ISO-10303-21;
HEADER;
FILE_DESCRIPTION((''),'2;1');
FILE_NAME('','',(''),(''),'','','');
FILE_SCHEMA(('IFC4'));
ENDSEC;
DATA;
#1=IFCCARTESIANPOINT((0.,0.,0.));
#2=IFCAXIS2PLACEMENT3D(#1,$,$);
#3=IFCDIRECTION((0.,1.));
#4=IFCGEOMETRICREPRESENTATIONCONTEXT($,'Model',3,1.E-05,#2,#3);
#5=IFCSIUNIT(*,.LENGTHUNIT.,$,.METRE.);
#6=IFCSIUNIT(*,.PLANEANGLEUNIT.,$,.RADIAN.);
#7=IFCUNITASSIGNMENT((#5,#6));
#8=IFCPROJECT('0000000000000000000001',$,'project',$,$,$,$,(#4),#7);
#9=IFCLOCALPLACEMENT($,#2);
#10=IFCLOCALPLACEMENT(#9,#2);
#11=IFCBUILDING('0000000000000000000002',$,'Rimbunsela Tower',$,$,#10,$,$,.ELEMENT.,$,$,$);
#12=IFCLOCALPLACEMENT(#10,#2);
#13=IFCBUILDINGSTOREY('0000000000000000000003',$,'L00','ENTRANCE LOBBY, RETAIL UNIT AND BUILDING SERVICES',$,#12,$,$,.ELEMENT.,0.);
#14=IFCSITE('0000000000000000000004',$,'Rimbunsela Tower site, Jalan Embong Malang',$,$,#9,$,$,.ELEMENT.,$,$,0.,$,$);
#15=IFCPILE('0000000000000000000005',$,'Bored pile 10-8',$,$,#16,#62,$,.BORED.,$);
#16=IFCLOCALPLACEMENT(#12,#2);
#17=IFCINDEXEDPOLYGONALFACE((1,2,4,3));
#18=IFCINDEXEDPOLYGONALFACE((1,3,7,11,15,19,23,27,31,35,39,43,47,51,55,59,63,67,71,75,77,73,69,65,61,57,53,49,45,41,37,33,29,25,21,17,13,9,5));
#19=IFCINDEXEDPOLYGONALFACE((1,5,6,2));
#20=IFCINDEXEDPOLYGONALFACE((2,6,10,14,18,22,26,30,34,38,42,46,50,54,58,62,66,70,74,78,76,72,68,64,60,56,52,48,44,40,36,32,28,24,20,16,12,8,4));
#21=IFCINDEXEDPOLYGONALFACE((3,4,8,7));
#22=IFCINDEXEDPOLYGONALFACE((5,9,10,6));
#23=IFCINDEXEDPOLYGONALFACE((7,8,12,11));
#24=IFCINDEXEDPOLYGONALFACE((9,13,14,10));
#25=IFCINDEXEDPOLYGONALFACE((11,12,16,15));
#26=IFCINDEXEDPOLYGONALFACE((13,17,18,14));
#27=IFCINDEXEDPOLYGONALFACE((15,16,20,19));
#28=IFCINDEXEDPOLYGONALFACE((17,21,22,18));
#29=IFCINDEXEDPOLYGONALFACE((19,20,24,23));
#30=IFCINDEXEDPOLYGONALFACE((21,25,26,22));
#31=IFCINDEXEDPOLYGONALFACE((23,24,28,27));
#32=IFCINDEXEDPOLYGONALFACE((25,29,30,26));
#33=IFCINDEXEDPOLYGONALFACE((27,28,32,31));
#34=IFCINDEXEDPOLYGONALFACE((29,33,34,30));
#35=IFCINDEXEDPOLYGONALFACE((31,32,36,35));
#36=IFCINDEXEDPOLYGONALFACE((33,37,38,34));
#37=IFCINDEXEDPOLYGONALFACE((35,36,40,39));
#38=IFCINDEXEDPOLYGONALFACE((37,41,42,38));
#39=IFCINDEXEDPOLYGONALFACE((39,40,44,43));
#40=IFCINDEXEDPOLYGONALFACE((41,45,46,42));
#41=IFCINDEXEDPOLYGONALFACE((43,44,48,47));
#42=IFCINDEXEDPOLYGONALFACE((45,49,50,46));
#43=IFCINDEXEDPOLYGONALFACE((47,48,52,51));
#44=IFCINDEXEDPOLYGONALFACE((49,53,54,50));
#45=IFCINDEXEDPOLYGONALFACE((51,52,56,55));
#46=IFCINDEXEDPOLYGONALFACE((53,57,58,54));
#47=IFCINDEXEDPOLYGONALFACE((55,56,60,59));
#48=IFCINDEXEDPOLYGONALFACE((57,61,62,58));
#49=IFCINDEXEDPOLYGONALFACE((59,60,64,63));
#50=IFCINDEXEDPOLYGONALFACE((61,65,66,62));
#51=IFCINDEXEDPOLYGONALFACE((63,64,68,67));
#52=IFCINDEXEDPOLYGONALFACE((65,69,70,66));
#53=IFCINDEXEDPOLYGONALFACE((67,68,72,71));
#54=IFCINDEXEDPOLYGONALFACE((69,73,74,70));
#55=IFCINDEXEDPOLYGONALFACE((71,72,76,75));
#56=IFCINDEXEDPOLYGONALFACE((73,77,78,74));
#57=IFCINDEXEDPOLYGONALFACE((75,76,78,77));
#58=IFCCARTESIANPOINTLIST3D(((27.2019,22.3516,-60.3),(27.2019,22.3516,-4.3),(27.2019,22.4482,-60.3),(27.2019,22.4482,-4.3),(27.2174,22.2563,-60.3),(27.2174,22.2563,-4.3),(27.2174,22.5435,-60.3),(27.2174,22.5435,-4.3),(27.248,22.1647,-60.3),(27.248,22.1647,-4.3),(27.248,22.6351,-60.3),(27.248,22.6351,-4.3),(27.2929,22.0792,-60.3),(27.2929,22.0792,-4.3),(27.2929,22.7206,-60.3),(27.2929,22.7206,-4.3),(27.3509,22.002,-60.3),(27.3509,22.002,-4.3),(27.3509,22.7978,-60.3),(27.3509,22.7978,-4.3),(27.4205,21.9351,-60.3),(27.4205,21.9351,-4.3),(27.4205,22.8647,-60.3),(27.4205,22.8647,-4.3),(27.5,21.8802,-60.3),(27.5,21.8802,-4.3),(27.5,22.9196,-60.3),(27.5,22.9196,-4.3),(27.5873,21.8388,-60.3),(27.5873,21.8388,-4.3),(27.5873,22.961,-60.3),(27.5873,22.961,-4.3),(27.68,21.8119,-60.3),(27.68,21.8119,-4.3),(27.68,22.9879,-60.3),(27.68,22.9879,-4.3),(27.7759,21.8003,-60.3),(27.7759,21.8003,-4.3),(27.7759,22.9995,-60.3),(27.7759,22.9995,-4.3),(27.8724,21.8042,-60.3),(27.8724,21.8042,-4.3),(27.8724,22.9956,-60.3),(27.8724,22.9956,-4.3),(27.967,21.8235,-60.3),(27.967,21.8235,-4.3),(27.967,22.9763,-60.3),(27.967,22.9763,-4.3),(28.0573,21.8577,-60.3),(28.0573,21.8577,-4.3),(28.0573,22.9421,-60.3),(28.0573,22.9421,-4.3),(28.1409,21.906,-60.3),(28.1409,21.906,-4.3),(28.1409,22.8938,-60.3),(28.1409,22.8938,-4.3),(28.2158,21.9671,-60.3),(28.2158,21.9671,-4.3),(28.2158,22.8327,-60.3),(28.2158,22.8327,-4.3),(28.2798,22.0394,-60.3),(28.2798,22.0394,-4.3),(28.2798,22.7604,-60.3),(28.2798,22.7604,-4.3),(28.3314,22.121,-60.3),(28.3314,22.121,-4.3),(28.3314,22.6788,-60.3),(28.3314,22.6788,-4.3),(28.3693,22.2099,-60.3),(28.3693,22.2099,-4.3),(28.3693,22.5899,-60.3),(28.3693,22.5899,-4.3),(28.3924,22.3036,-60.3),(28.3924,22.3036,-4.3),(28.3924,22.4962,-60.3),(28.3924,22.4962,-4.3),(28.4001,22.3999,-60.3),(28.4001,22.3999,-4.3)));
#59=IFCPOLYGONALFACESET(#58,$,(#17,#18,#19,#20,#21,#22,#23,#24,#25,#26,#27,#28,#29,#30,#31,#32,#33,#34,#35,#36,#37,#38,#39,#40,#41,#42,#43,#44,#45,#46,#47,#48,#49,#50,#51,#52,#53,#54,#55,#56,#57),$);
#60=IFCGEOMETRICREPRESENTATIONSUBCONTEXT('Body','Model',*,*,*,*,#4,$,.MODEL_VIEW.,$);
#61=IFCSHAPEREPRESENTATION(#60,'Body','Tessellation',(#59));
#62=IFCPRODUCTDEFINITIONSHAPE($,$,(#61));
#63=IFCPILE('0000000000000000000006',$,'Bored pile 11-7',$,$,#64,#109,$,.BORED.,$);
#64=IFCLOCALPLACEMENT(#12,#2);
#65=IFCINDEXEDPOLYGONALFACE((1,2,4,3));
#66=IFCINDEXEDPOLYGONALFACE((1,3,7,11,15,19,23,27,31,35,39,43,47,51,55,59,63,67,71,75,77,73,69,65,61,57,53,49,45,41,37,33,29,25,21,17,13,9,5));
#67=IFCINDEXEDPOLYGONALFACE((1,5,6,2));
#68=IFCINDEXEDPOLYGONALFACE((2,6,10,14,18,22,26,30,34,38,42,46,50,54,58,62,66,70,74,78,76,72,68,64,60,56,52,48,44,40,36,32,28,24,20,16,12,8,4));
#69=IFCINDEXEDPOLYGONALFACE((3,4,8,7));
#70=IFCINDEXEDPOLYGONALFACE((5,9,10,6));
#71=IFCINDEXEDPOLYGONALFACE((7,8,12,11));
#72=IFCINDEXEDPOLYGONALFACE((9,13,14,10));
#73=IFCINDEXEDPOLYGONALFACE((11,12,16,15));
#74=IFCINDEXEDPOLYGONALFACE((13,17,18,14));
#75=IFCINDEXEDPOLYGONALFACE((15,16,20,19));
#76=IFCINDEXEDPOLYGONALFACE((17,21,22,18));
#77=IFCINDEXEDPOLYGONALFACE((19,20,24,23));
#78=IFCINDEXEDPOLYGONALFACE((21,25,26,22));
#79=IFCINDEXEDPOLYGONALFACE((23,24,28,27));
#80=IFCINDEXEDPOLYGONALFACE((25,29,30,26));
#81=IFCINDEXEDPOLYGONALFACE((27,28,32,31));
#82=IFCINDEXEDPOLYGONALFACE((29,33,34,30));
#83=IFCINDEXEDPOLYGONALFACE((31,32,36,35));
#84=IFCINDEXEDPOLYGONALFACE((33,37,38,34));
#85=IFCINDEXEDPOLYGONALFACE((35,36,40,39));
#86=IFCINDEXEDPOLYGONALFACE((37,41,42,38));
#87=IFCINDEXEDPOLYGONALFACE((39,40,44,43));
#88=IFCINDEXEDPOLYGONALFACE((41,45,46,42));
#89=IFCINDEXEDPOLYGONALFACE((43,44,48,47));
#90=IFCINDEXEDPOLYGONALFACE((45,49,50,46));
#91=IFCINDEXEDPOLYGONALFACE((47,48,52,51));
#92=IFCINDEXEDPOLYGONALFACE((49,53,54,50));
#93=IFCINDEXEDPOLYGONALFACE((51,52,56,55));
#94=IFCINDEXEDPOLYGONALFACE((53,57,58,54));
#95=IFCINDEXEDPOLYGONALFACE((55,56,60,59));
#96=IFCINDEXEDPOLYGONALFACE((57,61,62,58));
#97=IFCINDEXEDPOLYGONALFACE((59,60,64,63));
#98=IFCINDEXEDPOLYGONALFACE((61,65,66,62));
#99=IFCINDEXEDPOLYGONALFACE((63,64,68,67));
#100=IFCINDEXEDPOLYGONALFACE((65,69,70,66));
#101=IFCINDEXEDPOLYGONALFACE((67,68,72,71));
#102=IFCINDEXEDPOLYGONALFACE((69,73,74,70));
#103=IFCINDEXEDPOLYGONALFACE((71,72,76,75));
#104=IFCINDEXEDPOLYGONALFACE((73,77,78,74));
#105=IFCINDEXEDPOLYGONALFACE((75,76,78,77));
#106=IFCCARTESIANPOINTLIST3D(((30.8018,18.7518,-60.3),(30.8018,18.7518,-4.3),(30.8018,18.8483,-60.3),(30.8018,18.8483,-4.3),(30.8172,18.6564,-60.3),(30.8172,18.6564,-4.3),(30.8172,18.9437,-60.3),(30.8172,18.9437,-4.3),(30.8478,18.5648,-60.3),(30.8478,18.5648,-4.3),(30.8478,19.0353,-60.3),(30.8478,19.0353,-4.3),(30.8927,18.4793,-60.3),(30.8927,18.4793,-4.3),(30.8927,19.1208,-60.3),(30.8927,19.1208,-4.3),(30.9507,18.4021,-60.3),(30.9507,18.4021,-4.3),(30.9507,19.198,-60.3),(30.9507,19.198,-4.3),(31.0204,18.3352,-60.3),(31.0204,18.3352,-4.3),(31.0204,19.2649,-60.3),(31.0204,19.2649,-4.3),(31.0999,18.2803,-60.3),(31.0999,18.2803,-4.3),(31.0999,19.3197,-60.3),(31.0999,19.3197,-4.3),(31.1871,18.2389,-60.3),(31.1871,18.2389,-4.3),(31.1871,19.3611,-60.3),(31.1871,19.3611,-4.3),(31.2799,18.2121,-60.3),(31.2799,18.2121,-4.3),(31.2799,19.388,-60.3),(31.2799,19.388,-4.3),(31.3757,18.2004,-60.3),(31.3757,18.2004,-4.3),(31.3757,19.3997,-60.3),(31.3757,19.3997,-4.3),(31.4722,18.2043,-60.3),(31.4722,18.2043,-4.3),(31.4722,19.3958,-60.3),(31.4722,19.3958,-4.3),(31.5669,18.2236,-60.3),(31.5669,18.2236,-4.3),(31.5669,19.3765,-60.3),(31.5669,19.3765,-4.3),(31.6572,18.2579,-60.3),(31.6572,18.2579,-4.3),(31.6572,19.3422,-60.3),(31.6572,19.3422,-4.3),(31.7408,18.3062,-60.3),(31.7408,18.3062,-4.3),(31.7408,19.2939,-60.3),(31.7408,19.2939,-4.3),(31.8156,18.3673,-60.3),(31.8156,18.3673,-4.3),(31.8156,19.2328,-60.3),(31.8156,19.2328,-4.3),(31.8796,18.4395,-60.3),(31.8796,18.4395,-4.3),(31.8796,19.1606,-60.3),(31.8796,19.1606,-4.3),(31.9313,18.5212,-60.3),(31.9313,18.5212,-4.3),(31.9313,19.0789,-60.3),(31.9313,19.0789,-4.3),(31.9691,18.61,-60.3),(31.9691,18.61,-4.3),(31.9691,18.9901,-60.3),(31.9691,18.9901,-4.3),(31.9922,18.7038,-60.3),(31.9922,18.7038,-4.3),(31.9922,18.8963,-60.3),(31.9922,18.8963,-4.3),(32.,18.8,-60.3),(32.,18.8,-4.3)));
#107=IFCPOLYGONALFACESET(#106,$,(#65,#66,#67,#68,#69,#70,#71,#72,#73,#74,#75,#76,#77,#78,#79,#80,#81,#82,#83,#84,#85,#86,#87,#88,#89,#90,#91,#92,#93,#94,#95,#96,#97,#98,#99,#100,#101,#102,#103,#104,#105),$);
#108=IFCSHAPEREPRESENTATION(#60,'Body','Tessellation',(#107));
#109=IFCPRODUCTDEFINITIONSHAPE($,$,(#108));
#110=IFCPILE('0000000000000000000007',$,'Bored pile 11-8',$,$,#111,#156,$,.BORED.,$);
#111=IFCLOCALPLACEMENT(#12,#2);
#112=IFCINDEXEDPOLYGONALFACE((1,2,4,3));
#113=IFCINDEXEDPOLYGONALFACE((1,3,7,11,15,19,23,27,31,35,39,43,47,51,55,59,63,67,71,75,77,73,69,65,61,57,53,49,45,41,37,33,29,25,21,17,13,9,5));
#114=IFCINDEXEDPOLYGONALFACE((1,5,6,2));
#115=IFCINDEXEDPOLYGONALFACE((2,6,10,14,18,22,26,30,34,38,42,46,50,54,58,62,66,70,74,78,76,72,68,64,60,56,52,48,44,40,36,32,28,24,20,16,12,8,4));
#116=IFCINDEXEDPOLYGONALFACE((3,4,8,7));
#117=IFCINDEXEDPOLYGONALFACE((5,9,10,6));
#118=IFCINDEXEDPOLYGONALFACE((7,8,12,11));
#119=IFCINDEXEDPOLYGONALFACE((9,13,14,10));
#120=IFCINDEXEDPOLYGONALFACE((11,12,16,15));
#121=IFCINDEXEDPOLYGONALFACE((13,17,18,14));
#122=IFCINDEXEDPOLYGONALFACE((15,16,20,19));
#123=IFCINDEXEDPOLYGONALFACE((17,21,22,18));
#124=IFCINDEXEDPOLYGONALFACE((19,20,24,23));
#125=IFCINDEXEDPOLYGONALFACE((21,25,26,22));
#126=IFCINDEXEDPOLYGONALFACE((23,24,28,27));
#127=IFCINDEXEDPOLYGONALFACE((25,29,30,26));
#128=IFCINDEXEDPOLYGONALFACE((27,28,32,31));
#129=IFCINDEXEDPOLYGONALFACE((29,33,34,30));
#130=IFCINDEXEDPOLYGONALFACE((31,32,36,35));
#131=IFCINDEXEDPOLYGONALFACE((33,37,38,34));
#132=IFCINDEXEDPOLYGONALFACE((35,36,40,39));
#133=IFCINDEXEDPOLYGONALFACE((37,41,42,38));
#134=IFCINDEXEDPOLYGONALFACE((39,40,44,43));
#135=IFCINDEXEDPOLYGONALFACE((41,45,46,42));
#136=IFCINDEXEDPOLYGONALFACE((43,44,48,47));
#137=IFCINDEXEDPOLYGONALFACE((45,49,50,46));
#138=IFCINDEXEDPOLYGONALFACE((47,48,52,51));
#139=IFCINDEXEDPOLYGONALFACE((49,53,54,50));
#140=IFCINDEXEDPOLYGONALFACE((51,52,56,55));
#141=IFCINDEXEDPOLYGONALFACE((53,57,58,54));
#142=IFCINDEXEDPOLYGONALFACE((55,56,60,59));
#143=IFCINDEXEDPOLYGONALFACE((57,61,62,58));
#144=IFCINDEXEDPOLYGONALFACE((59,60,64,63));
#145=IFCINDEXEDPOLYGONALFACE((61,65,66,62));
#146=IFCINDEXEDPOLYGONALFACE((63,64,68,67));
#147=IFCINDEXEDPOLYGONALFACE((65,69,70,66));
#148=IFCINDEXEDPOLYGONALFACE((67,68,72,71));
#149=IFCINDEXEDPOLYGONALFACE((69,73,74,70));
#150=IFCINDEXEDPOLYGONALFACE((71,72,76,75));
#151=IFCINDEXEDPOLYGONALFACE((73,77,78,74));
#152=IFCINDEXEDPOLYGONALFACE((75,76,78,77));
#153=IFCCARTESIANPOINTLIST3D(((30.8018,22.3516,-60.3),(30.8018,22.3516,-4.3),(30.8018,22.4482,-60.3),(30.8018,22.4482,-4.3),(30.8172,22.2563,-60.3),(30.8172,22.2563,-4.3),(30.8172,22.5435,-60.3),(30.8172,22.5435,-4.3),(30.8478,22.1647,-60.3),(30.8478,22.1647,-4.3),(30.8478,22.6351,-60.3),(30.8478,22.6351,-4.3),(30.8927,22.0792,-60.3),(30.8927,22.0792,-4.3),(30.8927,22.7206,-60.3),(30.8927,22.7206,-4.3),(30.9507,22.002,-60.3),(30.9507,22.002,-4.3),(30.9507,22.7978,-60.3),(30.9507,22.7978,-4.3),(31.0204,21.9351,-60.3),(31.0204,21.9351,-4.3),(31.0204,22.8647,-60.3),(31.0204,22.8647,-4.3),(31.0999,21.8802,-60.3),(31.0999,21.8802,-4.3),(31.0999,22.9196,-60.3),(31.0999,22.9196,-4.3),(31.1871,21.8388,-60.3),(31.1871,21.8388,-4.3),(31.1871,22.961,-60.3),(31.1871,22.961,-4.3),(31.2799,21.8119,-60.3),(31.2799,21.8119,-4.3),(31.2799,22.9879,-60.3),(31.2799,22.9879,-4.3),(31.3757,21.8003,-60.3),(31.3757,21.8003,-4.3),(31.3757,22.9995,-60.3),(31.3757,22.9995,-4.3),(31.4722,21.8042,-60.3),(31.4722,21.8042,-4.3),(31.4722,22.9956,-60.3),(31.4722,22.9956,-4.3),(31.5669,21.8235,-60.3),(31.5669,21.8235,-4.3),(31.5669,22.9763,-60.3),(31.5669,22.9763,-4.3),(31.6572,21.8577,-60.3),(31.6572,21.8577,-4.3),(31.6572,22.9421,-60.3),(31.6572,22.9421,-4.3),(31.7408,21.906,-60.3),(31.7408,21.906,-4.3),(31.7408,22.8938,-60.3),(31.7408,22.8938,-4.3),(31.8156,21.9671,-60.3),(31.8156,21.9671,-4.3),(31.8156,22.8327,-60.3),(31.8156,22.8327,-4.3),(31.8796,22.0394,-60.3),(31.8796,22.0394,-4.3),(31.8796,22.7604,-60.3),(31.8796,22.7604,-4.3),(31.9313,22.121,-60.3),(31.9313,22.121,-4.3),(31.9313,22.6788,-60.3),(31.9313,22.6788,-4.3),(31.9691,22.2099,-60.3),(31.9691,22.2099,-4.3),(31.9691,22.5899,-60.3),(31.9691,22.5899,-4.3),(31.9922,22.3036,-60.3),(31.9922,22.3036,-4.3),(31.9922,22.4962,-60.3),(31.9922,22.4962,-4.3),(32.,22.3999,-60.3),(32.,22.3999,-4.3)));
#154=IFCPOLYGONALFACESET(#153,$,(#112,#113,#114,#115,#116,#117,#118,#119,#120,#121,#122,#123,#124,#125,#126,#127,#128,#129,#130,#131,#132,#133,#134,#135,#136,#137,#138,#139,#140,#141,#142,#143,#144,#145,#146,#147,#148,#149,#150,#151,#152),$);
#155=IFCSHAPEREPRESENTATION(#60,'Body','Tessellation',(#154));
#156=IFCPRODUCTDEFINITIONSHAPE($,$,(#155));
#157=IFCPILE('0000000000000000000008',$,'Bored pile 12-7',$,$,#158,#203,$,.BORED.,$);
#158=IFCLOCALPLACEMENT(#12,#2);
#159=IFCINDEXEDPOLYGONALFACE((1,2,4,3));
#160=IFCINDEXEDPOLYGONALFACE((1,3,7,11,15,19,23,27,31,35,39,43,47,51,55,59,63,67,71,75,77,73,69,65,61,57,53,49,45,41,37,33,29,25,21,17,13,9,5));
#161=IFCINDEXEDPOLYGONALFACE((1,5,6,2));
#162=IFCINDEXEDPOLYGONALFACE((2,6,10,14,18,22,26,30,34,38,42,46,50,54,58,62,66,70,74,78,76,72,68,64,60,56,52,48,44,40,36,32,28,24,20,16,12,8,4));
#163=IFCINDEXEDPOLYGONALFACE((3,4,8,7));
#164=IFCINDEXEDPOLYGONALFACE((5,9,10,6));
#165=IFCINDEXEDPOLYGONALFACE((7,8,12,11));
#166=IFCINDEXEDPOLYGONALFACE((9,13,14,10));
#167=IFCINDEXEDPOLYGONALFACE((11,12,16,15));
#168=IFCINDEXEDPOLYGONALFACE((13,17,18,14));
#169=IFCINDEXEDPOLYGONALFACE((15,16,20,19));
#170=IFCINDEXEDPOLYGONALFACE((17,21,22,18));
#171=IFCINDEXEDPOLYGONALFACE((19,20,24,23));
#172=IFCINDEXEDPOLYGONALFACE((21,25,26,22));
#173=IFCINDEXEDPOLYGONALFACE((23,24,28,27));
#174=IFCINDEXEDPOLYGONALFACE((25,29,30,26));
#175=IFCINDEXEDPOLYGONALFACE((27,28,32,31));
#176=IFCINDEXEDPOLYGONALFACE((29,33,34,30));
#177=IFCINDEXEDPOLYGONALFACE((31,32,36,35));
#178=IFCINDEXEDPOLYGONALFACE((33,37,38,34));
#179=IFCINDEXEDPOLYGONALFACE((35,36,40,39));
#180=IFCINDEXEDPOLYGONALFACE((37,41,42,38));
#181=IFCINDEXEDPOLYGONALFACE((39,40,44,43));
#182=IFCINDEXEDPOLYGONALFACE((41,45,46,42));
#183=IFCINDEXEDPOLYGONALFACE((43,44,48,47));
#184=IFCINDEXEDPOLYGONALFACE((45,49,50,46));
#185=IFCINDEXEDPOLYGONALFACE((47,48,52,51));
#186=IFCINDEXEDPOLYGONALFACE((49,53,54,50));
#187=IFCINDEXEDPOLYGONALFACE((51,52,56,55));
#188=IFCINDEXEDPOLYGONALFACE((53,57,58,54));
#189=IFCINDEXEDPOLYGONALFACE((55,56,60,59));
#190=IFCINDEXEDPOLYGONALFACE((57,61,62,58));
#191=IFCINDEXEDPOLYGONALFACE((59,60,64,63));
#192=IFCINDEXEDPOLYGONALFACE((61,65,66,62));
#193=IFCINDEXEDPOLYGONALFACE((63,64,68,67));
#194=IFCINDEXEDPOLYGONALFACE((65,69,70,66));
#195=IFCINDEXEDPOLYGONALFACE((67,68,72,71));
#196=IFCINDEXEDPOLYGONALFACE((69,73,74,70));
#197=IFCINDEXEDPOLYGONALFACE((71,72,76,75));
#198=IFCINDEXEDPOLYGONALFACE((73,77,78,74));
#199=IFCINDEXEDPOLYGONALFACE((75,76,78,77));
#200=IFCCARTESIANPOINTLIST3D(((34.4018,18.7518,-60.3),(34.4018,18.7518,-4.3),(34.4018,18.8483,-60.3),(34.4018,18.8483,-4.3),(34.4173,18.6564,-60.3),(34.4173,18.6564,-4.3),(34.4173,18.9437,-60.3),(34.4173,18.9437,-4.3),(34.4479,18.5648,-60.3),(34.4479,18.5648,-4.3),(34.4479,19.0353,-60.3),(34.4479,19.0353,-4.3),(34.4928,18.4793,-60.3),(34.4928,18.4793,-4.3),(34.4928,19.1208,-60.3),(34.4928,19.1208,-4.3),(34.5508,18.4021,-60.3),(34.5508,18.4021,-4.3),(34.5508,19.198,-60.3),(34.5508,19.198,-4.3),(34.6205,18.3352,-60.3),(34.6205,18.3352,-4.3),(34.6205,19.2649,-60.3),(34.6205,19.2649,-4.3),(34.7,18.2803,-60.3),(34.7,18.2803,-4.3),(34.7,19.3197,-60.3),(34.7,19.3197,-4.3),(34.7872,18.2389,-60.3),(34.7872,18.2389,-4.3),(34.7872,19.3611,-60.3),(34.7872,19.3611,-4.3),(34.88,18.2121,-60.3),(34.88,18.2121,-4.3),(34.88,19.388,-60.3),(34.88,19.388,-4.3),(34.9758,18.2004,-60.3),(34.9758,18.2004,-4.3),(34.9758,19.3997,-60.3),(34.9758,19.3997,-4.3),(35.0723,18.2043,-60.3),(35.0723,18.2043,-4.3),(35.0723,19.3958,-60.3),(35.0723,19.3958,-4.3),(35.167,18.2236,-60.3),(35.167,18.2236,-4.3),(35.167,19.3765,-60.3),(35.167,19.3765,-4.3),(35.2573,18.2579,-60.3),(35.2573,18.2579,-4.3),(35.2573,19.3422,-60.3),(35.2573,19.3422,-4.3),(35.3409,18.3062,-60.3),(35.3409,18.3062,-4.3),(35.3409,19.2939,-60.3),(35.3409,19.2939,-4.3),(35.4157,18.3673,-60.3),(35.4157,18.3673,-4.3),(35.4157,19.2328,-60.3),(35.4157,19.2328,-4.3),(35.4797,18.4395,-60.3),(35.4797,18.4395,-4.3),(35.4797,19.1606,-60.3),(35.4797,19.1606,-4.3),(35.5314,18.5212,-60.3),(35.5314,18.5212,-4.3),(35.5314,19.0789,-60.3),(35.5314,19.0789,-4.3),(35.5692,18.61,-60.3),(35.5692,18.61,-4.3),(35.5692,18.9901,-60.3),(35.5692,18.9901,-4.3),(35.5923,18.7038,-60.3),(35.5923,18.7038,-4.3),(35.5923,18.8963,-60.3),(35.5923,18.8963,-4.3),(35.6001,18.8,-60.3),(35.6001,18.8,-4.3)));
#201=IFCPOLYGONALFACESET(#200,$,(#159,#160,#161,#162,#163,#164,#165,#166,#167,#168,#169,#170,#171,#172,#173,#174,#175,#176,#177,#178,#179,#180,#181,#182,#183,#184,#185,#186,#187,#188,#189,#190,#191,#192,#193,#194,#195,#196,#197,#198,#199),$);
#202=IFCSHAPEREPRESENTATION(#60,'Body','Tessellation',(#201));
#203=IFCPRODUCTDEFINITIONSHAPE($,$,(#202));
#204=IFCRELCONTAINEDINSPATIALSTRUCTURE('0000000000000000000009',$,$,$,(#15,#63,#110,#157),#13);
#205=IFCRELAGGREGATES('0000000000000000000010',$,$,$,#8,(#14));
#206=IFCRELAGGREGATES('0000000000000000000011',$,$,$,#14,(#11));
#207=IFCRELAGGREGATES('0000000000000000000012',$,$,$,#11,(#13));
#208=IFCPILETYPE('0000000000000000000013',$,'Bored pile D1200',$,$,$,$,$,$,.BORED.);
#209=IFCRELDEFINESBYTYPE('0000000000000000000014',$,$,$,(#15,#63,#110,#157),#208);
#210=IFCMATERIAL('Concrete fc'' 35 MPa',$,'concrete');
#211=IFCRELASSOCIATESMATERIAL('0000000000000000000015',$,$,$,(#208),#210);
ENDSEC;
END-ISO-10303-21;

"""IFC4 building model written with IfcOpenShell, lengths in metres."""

from ifc_helpers import new_model, si_unit, direction, frame, origin, origin_2d, place, context, subcontext, project, spatial, circle, extrude, material, material_profile, profile_set, type_object, element, save


model = new_model("IFC4")

# Units and contexts
model_context = context("Model", 3, precision=1e-05, world=origin(), true_north=direction((0.0, 1.0)))
body_context = subcontext(model_context, "Body", "Model", "MODEL_VIEW")
ifc_project = project(units=[si_unit("LENGTHUNIT", "METRE"), si_unit("PLANEANGLEUNIT", "RADIAN")], contexts=[model_context])

# Site, building, storey
site_placement = place(None, origin())
site = spatial("IfcSite", under=ifc_project, at=site_placement, Name="Rimbunsela Tower site, Jalan Embong Malang", CompositionType="ELEMENT", RefElevation=0.0)
building_placement = place(site_placement, origin())
building = spatial("IfcBuilding", under=site, at=building_placement, Name="Rimbunsela Tower", CompositionType="ELEMENT")
storey_placement = place(building_placement, origin())
storey = spatial("IfcBuildingStorey", under=building, at=storey_placement, Name="L00", Description="ENTRANCE LOBBY, RETAIL UNIT AND BUILDING SERVICES", CompositionType="ELEMENT", Elevation=0.0)

# Piles
ifc_material_1 = material(Name="Concrete fc' 35 MPa", Category="concrete")
ifc_material_profile = material_profile(ifc_material_1, circle(Radius=0.6001, at=origin_2d()), Name="BP D1200")
ifc_profile_set = profile_set([ifc_material_profile], Name="Concrete fc' 35 MPa")
pile_type = type_object("IfcPileType", Name="Bored pile D1200", PredefinedType="BORED", material=ifc_profile_set)
for number, where, z_axis, x_axis, name in (
    (1, (27.8, 22.3999, -4.3), (0.0, 0.0, -1.0), (1.0, 0.0, 0.0), "Bored pile 10-8"),
    (2, (31.3999, 18.8, -4.3), (0.0, 0.0, -1.0), (1.0, 0.0, 0.0), "Bored pile 11-7"),
    (3, (31.3999, 22.3999, -4.3), (0.0, 0.0, -1.0), (1.0, 0.0, 0.0), "Bored pile 11-8"),
    (4, (35.0, 18.8, -4.3), (0.0, 0.0, -1.0), (1.0, 0.0, 0.0), "Bored pile 12-7"),
):
    element("IfcPile", number, at=place(storey_placement, frame(where, z_axis=z_axis, x_axis=x_axis)), inside=storey, type_object=pile_type, Name=name, PredefinedType="BORED", context=body_context, shape_type="SweptSolid", body=[
        extrude(circle(Radius=0.6001, at=origin_2d()), origin(), (0.0, 0.0, 1.0), 56.0),
    ])

save(model, "model.ifc")
